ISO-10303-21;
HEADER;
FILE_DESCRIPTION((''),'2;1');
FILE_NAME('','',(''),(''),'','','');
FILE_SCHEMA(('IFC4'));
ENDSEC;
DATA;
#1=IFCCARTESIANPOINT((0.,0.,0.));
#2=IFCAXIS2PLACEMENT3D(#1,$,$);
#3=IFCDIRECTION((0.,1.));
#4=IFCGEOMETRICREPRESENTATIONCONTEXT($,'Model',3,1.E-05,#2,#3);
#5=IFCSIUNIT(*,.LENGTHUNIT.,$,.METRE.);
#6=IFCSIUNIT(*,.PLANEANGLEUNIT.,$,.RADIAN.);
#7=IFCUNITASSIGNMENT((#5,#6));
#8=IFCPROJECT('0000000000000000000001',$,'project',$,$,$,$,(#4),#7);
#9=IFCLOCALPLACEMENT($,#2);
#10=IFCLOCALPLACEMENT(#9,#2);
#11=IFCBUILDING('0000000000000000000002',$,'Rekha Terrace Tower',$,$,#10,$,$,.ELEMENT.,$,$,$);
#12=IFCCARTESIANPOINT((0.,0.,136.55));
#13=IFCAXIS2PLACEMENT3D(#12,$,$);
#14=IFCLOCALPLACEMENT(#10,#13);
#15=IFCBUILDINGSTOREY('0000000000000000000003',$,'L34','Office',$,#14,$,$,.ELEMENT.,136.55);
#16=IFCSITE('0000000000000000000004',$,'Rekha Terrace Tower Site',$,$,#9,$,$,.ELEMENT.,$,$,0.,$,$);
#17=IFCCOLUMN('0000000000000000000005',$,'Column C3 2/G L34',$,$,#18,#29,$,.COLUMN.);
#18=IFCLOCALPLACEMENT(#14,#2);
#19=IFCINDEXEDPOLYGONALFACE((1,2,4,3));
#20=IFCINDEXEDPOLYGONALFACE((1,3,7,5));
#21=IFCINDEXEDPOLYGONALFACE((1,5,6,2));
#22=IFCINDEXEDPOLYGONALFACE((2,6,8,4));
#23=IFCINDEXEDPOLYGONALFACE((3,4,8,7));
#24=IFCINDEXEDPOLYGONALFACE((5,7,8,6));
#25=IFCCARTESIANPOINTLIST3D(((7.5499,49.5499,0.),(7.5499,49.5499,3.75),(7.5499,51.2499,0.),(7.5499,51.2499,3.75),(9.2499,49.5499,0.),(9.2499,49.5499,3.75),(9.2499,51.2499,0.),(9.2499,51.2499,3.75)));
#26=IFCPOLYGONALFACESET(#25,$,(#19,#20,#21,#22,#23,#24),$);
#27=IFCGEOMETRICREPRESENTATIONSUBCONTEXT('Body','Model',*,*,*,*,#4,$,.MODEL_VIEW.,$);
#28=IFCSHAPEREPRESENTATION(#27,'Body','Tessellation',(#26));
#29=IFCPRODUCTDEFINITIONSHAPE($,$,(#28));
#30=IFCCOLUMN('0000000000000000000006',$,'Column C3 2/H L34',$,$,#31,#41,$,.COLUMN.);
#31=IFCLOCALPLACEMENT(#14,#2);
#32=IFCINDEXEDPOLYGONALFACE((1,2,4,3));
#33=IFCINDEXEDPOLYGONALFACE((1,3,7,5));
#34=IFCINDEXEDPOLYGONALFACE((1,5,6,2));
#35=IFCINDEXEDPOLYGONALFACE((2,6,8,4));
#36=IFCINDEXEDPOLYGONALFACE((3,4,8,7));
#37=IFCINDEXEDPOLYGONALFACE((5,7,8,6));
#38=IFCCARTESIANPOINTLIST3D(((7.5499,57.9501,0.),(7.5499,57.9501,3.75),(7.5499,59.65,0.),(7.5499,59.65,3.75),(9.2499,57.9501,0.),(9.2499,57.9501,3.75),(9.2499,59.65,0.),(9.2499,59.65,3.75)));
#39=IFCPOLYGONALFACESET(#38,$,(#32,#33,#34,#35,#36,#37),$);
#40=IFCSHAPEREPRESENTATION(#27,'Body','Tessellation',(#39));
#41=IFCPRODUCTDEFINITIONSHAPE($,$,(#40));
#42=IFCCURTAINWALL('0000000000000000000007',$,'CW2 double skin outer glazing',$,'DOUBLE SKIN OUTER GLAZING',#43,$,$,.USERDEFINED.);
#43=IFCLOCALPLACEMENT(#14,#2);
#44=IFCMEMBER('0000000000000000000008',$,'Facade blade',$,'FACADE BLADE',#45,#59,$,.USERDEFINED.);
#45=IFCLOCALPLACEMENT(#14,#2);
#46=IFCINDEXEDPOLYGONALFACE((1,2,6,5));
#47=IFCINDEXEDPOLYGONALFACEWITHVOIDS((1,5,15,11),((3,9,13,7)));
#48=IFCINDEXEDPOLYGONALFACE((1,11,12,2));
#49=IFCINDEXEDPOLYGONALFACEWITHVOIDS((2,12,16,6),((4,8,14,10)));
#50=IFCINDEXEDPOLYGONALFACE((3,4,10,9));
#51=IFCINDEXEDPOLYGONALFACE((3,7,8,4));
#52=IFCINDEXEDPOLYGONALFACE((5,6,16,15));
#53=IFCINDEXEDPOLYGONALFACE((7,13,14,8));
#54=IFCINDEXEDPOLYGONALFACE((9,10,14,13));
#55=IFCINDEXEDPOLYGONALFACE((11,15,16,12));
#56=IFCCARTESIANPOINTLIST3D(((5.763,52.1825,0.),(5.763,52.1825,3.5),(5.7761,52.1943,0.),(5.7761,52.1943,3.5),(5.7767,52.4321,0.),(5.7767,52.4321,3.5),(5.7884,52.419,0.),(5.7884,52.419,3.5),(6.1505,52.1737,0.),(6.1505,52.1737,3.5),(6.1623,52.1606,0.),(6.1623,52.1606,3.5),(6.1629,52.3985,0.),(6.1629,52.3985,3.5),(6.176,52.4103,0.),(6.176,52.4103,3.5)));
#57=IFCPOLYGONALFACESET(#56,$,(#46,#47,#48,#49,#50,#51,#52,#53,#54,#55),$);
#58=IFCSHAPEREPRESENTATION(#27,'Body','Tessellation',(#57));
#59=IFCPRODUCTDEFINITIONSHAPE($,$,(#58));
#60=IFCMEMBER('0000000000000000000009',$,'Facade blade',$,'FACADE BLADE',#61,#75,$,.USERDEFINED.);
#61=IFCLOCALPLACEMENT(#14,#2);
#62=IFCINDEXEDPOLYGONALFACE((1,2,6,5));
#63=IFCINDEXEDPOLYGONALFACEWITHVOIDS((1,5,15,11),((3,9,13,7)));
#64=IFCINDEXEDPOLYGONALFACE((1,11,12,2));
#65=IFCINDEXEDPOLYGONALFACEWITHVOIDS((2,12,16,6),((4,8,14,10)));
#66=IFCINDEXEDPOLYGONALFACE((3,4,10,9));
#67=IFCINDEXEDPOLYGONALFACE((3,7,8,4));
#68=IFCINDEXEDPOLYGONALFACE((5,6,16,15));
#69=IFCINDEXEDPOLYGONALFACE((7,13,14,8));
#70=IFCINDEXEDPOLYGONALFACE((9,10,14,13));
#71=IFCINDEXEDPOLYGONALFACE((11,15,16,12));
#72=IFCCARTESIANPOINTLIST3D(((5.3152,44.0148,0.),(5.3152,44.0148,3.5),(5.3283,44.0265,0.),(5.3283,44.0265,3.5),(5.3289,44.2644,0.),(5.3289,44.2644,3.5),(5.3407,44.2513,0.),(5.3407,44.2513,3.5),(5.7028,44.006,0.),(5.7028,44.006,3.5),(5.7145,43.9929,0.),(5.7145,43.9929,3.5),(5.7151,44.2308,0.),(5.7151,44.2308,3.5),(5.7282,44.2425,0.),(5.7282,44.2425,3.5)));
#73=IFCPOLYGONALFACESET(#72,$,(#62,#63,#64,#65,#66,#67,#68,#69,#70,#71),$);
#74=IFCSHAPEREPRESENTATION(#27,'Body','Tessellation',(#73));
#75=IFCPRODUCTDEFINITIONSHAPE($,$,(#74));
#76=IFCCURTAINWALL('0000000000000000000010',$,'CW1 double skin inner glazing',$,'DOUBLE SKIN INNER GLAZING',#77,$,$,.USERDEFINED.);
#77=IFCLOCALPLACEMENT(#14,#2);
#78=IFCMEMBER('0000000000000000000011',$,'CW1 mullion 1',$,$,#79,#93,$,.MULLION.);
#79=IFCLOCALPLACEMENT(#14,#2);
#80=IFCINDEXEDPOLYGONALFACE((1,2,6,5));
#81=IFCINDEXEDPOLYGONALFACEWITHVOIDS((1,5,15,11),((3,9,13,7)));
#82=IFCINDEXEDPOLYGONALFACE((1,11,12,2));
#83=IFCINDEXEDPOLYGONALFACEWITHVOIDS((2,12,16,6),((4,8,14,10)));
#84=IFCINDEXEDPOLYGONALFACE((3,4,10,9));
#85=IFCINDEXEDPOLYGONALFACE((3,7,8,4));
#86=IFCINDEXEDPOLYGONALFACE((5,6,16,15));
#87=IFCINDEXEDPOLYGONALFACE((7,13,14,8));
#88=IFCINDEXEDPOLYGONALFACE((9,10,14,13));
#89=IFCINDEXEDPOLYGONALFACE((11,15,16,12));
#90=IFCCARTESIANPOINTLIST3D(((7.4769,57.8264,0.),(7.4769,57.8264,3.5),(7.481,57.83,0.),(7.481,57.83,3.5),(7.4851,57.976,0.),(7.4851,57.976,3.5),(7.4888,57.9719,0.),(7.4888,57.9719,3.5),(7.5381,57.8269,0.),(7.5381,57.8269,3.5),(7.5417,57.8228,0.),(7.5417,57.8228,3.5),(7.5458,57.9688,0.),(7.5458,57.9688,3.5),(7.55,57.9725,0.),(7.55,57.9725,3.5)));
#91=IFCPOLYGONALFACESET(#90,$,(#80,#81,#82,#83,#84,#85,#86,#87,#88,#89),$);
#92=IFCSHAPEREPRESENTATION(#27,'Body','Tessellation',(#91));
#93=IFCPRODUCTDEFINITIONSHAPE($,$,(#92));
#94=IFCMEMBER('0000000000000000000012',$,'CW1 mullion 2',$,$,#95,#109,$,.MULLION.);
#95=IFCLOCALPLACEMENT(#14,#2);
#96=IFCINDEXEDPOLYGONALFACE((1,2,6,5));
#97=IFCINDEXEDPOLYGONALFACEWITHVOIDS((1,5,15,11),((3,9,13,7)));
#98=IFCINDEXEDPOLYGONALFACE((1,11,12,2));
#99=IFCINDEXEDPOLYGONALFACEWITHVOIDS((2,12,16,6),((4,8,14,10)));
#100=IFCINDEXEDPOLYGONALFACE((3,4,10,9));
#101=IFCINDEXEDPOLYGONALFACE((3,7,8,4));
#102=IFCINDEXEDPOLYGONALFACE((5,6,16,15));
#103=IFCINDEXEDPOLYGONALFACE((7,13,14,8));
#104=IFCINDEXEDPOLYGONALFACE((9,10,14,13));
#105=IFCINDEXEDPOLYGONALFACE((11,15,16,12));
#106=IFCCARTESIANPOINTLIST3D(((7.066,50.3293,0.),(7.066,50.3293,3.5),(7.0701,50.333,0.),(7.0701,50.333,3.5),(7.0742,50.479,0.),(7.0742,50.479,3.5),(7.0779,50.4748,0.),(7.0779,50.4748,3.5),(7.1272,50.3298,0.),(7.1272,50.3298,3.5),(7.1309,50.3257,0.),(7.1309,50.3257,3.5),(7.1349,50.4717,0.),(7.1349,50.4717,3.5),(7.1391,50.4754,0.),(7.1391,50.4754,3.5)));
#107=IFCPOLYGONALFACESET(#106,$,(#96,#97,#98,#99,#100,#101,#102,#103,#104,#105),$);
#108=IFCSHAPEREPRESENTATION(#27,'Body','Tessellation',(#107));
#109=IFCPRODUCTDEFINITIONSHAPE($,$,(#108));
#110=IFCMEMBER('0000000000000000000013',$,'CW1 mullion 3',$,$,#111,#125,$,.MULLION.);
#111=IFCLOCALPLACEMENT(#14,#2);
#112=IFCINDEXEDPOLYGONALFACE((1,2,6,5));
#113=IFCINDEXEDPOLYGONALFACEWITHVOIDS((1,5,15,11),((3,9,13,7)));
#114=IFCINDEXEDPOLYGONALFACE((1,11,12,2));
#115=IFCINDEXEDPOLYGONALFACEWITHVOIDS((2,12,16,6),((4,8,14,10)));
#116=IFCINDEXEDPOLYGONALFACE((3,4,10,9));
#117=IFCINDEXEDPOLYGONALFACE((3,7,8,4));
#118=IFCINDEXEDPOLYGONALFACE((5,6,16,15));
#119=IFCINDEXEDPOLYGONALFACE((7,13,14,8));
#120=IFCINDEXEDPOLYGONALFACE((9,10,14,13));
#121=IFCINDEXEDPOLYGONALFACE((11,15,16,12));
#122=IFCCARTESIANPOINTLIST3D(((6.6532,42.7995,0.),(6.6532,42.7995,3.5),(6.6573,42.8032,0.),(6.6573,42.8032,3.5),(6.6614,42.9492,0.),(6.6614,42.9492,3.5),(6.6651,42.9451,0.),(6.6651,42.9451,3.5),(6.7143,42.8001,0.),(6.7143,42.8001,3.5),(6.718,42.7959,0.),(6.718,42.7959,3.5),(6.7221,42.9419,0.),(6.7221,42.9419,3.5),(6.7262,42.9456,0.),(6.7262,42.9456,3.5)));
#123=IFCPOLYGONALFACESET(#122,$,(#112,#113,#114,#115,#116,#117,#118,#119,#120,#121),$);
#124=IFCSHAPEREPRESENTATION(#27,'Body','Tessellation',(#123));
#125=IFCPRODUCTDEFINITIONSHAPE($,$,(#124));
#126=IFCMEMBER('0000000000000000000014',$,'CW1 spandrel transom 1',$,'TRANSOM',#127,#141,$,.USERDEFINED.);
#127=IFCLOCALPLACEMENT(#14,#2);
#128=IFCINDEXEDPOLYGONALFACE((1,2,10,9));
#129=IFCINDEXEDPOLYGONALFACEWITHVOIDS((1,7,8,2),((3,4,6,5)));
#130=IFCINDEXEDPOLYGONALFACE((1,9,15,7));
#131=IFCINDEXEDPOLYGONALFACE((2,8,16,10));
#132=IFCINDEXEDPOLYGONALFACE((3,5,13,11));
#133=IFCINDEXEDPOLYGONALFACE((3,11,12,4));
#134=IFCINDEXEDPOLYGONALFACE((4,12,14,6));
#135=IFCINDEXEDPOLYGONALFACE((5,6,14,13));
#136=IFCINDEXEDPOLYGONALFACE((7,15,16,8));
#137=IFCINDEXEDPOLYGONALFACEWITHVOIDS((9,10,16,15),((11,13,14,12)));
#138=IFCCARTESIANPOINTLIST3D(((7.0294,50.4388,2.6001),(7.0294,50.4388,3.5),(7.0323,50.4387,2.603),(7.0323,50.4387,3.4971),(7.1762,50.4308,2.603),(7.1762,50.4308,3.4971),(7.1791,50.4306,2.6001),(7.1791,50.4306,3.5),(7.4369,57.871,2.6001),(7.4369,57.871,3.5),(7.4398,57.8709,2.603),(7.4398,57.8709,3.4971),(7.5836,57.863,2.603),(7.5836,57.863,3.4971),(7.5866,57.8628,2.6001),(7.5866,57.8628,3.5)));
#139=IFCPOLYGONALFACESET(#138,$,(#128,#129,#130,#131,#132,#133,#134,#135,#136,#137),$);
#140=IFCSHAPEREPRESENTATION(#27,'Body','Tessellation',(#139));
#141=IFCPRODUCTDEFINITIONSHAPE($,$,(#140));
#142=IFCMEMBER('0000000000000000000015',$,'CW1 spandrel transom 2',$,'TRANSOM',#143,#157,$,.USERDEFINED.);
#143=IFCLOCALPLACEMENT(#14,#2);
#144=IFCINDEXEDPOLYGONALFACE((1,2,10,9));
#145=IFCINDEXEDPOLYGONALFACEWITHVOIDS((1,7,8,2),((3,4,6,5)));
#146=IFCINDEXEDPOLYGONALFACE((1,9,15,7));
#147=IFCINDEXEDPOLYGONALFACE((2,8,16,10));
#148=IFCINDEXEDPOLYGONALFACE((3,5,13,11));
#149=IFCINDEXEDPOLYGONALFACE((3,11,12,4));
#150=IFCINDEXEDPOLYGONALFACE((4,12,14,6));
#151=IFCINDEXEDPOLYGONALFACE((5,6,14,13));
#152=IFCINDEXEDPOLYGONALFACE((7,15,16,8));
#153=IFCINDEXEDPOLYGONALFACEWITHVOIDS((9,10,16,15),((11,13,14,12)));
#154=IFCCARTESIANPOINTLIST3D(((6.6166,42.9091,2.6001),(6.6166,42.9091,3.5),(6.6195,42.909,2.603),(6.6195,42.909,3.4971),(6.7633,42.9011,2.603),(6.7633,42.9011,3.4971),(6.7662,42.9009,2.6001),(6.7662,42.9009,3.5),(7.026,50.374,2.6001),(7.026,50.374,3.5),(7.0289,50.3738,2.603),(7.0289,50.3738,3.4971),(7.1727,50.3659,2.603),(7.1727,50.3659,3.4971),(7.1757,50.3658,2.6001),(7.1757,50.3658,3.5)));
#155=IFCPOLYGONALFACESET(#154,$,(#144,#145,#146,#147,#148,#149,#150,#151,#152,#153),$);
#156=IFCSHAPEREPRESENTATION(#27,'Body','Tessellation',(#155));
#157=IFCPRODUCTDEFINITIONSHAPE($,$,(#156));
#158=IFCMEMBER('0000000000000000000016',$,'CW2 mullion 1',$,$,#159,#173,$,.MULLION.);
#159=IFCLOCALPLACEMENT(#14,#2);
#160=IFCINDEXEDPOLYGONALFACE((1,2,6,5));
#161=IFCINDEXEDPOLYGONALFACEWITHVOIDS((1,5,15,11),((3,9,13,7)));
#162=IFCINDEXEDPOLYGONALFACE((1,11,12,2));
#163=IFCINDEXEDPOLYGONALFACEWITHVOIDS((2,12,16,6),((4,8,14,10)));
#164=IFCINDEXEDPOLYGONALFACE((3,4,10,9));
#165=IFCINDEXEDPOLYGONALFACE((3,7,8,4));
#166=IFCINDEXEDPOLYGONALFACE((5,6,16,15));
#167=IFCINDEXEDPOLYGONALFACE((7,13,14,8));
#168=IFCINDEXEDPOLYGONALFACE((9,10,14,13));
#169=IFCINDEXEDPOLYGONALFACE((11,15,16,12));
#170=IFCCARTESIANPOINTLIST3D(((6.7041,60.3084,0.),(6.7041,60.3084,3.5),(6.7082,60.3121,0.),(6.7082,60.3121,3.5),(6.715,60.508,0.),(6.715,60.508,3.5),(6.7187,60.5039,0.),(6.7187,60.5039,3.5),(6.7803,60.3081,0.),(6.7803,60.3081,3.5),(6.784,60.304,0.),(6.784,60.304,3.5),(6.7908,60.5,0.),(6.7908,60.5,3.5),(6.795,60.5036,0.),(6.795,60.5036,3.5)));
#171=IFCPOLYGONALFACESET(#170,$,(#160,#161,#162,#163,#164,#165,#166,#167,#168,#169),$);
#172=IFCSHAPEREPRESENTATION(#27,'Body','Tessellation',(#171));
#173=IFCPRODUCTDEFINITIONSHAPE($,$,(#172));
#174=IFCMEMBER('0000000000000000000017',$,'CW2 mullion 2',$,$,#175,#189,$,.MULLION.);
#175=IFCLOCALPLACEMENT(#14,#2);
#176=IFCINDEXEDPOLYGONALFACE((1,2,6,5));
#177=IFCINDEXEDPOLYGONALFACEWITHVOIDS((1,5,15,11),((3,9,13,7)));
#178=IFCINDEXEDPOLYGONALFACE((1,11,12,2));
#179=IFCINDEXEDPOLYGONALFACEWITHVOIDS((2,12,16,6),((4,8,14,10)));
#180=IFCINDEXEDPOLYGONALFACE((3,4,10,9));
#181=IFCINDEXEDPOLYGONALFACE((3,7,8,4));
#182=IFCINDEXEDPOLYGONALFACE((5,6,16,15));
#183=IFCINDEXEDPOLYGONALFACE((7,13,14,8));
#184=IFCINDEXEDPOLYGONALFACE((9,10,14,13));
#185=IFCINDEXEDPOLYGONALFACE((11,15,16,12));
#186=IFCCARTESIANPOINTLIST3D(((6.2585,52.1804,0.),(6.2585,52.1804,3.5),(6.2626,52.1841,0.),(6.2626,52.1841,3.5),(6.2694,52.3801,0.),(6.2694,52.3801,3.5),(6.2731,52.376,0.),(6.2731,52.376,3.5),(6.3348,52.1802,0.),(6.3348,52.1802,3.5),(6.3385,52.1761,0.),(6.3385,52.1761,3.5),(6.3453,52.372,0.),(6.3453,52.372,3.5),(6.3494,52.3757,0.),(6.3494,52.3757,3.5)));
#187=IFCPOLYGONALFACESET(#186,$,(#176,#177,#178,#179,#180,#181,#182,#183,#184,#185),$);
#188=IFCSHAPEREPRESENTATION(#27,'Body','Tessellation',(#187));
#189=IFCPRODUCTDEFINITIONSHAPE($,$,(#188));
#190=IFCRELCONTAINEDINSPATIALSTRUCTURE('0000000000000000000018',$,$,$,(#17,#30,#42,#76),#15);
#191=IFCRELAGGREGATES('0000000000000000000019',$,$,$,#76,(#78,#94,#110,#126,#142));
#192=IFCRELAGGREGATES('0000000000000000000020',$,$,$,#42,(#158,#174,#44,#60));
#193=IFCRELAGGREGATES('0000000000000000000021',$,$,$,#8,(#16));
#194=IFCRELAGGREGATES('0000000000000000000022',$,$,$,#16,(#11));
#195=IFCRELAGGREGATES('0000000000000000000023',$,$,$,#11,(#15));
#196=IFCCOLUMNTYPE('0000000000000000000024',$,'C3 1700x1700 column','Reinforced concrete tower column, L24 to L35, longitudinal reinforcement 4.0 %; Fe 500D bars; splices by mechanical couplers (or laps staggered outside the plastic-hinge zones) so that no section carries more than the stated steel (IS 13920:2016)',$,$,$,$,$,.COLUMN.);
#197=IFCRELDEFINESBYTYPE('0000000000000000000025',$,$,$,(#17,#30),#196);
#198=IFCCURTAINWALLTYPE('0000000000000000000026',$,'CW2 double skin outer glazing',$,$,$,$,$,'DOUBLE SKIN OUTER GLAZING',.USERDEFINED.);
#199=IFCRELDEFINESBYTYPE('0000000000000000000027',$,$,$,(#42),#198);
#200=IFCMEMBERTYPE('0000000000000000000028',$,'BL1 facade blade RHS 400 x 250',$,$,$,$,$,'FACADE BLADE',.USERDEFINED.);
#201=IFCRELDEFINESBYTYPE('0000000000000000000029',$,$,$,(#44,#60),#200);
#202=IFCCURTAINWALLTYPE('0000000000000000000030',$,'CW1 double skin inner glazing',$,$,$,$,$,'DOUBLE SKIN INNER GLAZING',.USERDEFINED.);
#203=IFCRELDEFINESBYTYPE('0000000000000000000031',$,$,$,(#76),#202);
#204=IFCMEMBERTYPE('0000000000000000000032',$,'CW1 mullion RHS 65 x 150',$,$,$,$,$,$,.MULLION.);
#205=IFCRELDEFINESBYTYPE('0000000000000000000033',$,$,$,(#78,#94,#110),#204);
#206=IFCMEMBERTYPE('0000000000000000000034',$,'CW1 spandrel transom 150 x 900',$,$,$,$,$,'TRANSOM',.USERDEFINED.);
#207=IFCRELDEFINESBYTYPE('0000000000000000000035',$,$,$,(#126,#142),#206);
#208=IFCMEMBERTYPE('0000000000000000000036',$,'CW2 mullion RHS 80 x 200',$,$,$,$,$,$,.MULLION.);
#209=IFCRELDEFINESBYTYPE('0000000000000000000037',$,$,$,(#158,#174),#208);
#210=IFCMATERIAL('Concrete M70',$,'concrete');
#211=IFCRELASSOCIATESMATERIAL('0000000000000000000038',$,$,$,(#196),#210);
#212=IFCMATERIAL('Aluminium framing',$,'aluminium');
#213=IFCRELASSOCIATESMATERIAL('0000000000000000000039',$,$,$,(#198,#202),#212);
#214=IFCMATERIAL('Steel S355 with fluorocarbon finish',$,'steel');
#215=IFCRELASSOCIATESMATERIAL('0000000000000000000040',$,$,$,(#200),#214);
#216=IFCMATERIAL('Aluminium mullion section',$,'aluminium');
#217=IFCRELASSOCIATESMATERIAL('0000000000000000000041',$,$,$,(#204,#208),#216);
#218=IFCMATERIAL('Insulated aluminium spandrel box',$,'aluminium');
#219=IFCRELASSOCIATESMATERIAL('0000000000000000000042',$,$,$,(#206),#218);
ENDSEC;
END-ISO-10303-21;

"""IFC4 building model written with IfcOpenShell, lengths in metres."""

from ifc_helpers import new_model, si_unit, direction, frame, origin, origin_2d, place, context, subcontext, project, spatial, rectangle, hollow_rectangle, extrude, material, material_profile, profile_set, type_object, element, aggregate, save


model = new_model("IFC4")

# Units and contexts
model_context = context("Model", 3, precision=1e-05, world=origin(), true_north=direction((0.0, 1.0)))
body_context = subcontext(model_context, "Body", "Model", "MODEL_VIEW")
ifc_project = project(units=[si_unit("LENGTHUNIT", "METRE"), si_unit("PLANEANGLEUNIT", "RADIAN")], contexts=[model_context])

# Site, building, storey
site_placement = place(None, origin())
site = spatial("IfcSite", under=ifc_project, at=site_placement, Name="Rekha Terrace Tower Site", CompositionType="ELEMENT", RefElevation=0.0)
building_placement = place(site_placement, origin())
building = spatial("IfcBuilding", under=site, at=building_placement, Name="Rekha Terrace Tower", CompositionType="ELEMENT")
storey_placement = place(building_placement, frame((0.0, 0.0, 136.55)))
storey = spatial("IfcBuildingStorey", under=building, at=storey_placement, Name="L34", Description="Office", CompositionType="ELEMENT", Elevation=136.55)

# Columns
ifc_material_1 = material(Name="Concrete M70", Category="concrete")
ifc_material_profile_1 = material_profile(ifc_material_1, rectangle(XDim=1.7, YDim=1.7, at=origin_2d()), Name="RC 1700x1700")
ifc_profile_set_1 = profile_set([ifc_material_profile_1], Name="Concrete M70")
column_type = type_object("IfcColumnType", Name="C3 1700x1700 column", Description="Reinforced concrete tower column, L24 to L35, longitudinal reinforcement 4.0 %; Fe 500D bars; splices by mechanical couplers (or laps staggered outside the plastic-hinge zones) so that no section carries more than the stated steel (IS 13920:2016)", PredefinedType="COLUMN", material=ifc_profile_set_1)
for number, where, z_axis, x_axis, name in (
    (1, (8.3999, 50.3999, 0.0), (0.0, 0.0, 1.0), (1.0, 0.0, 0.0), "Column C3 2/G L34"),
    (2, (8.3999, 58.8, 0.0), (0.0, 0.0, 1.0), (1.0, 0.0, 0.0), "Column C3 2/H L34"),
):
    element("IfcColumn", number, at=place(storey_placement, frame(where, z_axis=z_axis, x_axis=x_axis)), inside=storey, type_object=column_type, Name=name, PredefinedType="COLUMN", context=body_context, shape_type="SweptSolid", body=[
        extrude(rectangle(XDim=1.7, YDim=1.7, at=origin_2d()), origin(), (0.0, 0.0, 1.0), 3.75),
    ])

# Curtain walls, members
ifc_material_2 = material(Name="Aluminium framing", Category="aluminium")
curtain_wall_type_1 = type_object("IfcCurtainWallType", Name="CW2 double skin outer glazing", ElementType="DOUBLE SKIN OUTER GLAZING", PredefinedType="USERDEFINED", material=ifc_material_2)
curtain_wall_1_placement = place(storey_placement, origin())
curtain_wall_1 = element("IfcCurtainWall", 3, at=curtain_wall_1_placement, inside=storey, type_object=curtain_wall_type_1, Name="CW2 double skin outer glazing", ObjectType="DOUBLE SKIN OUTER GLAZING", PredefinedType="USERDEFINED")
ifc_material_3 = material(Name="Steel S355 with fluorocarbon finish", Category="steel")
ifc_material_profile_2 = material_profile(ifc_material_3, hollow_rectangle(XDim=0.25, YDim=0.3999, WallThickness=0.0125, at=origin_2d()), Name="RHS400x250x12.5")
ifc_profile_set_2 = profile_set([ifc_material_profile_2], Name="Steel S355 with fluorocarbon finish")
member_type_1 = type_object("IfcMemberType", Name="BL1 facade blade RHS 400 x 250", ElementType="FACADE BLADE", PredefinedType="USERDEFINED", material=ifc_profile_set_2)
member_1_placement = place(storey_placement, frame((5.9695, 52.2964, 0.0), z_axis=(0.0, 0.0, 1.0), x_axis=(-0.054743, -0.9985, 0.0)))
member_1 = element("IfcMember", 4, at=member_1_placement, type_object=member_type_1, Name="Facade blade", ObjectType="FACADE BLADE", PredefinedType="USERDEFINED", context=body_context, shape_type="SweptSolid", body=[
    extrude(hollow_rectangle(XDim=0.25, YDim=0.3999, WallThickness=0.0125, at=origin_2d()), origin(), (0.0, 0.0, 1.0), 3.5),
])
member_2_placement = place(storey_placement, frame((5.5217, 44.1287, 0.0), z_axis=(0.0, 0.0, 1.0), x_axis=(-0.054743, -0.9985, 0.0)))
member_2 = element("IfcMember", 5, at=member_2_placement, type_object=member_type_1, Name="Facade blade", ObjectType="FACADE BLADE", PredefinedType="USERDEFINED", context=body_context, shape_type="SweptSolid", body=[
    extrude(hollow_rectangle(XDim=0.25, YDim=0.3999, WallThickness=0.0125, at=origin_2d()), origin(), (0.0, 0.0, 1.0), 3.5),
])
curtain_wall_type_2 = type_object("IfcCurtainWallType", Name="CW1 double skin inner glazing", ElementType="DOUBLE SKIN INNER GLAZING", PredefinedType="USERDEFINED", material=ifc_material_2)
curtain_wall_2_placement = place(storey_placement, origin())
curtain_wall_2 = element("IfcCurtainWall", 6, at=curtain_wall_2_placement, inside=storey, type_object=curtain_wall_type_2, Name="CW1 double skin inner glazing", ObjectType="DOUBLE SKIN INNER GLAZING", PredefinedType="USERDEFINED")
ifc_material_4 = material(Name="Aluminium mullion section", Category="aluminium")
ifc_material_profile_3 = material_profile(ifc_material_4, hollow_rectangle(XDim=0.0649, YDim=0.1499, WallThickness=0.0039, at=origin_2d()), Name="AL RHS 65x150")
ifc_profile_set_3 = profile_set([ifc_material_profile_3], Name="Aluminium mullion section")
member_type_2 = type_object("IfcMemberType", Name="CW1 mullion RHS 65 x 150", PredefinedType="MULLION", material=ifc_profile_set_3)
member_3_placement = place(storey_placement, frame((7.5134, 57.8994, 0.0), z_axis=(0.0, 0.0, 1.0), x_axis=(0.998501, -0.054742, 0.0)))
member_3 = element("IfcMember", 7, at=member_3_placement, type_object=member_type_2, Name="CW1 mullion 1", PredefinedType="MULLION", context=body_context, shape_type="SweptSolid", body=[
    extrude(hollow_rectangle(XDim=0.0649, YDim=0.1499, WallThickness=0.0039, at=origin_2d()), origin(), (0.0, 0.0, 1.0), 3.5),
])
member_4_placement = place(storey_placement, frame((7.1025, 50.4023, 0.0), z_axis=(0.0, 0.0, 1.0), x_axis=(0.998501, -0.054742, 0.0)))
member_4 = element("IfcMember", 8, at=member_4_placement, type_object=member_type_2, Name="CW1 mullion 2", PredefinedType="MULLION", context=body_context, shape_type="SweptSolid", body=[
    extrude(hollow_rectangle(XDim=0.0649, YDim=0.1499, WallThickness=0.0039, at=origin_2d()), origin(), (0.0, 0.0, 1.0), 3.5),
])
member_5_placement = place(storey_placement, frame((6.6897, 42.8726, 0.0), z_axis=(0.0, 0.0, 1.0), x_axis=(0.998501, -0.054742, 0.0)))
member_5 = element("IfcMember", 9, at=member_5_placement, type_object=member_type_2, Name="CW1 mullion 3", PredefinedType="MULLION", context=body_context, shape_type="SweptSolid", body=[
    extrude(hollow_rectangle(XDim=0.0649, YDim=0.1499, WallThickness=0.0039, at=origin_2d()), origin(), (0.0, 0.0, 1.0), 3.5),
])
ifc_material_5 = material(Name="Insulated aluminium spandrel box", Category="aluminium")
ifc_material_profile_4 = material_profile(ifc_material_5, hollow_rectangle(XDim=0.1499, YDim=0.8999, WallThickness=0.0029, at=origin_2d()), Name="AL SPANDREL BOX 150x900")
ifc_profile_set_4 = profile_set([ifc_material_profile_4], Name="Insulated aluminium spandrel box")
member_type_3 = type_object("IfcMemberType", Name="CW1 spandrel transom 150 x 900", ElementType="TRANSOM", PredefinedType="USERDEFINED", material=ifc_profile_set_4)
member_6_placement = place(storey_placement, frame((7.5117, 57.8669, 3.05), z_axis=(-0.054743, -0.9985, 0.0), x_axis=(0.9985, -0.054743, 0.0)))
member_6 = element("IfcMember", 10, at=member_6_placement, type_object=member_type_3, Name="CW1 spandrel transom 1", ObjectType="TRANSOM", PredefinedType="USERDEFINED", context=body_context, shape_type="SweptSolid", body=[
    extrude(hollow_rectangle(XDim=0.1499, YDim=0.8999, WallThickness=0.0029, at=origin_2d()), origin(), (0.0, 0.0, 1.0), 7.4434),
])
member_7_placement = place(storey_placement, frame((7.1008, 50.3699, 3.05), z_axis=(-0.054765, -0.998499, 0.0), x_axis=(0.998499, -0.054765, 0.0)))
member_7 = element("IfcMember", 11, at=member_7_placement, type_object=member_type_3, Name="CW1 spandrel transom 2", ObjectType="TRANSOM", PredefinedType="USERDEFINED", context=body_context, shape_type="SweptSolid", body=[
    extrude(hollow_rectangle(XDim=0.1499, YDim=0.8999, WallThickness=0.0029, at=origin_2d()), origin(), (0.0, 0.0, 1.0), 7.4761),
])

# Members
ifc_material_profile_5 = material_profile(ifc_material_4, hollow_rectangle(XDim=0.0801, YDim=0.2, WallThickness=0.0039, at=origin_2d()), Name="AL RHS 80x200")
ifc_profile_set_5 = profile_set([ifc_material_profile_5], Name="Aluminium mullion section")
member_type_4 = type_object("IfcMemberType", Name="CW2 mullion RHS 80 x 200", PredefinedType="MULLION", material=ifc_profile_set_5)
member_8_placement = place(storey_placement, frame((6.7495, 60.406, 0.0), z_axis=(0.0, 0.0, 1.0), x_axis=(0.998501, -0.054742, 0.0)))
member_8 = element("IfcMember", 12, at=member_8_placement, type_object=member_type_4, Name="CW2 mullion 1", PredefinedType="MULLION", context=body_context, shape_type="SweptSolid", body=[
    extrude(hollow_rectangle(XDim=0.0801, YDim=0.2, WallThickness=0.0039, at=origin_2d()), origin(), (0.0, 0.0, 1.0), 3.5),
])
member_9_placement = place(storey_placement, frame((6.304, 52.2781, 0.0), z_axis=(0.0, 0.0, 1.0), x_axis=(0.998501, -0.054742, 0.0)))
member_9 = element("IfcMember", 13, at=member_9_placement, type_object=member_type_4, Name="CW2 mullion 2", PredefinedType="MULLION", context=body_context, shape_type="SweptSolid", body=[
    extrude(hollow_rectangle(XDim=0.0801, YDim=0.2, WallThickness=0.0039, at=origin_2d()), origin(), (0.0, 0.0, 1.0), 3.5),
])

aggregate(curtain_wall_2, [member_3, member_4, member_5, member_6, member_7])
aggregate(curtain_wall_1, [member_8, member_9, member_1, member_2])

save(model, "model.ifc")
